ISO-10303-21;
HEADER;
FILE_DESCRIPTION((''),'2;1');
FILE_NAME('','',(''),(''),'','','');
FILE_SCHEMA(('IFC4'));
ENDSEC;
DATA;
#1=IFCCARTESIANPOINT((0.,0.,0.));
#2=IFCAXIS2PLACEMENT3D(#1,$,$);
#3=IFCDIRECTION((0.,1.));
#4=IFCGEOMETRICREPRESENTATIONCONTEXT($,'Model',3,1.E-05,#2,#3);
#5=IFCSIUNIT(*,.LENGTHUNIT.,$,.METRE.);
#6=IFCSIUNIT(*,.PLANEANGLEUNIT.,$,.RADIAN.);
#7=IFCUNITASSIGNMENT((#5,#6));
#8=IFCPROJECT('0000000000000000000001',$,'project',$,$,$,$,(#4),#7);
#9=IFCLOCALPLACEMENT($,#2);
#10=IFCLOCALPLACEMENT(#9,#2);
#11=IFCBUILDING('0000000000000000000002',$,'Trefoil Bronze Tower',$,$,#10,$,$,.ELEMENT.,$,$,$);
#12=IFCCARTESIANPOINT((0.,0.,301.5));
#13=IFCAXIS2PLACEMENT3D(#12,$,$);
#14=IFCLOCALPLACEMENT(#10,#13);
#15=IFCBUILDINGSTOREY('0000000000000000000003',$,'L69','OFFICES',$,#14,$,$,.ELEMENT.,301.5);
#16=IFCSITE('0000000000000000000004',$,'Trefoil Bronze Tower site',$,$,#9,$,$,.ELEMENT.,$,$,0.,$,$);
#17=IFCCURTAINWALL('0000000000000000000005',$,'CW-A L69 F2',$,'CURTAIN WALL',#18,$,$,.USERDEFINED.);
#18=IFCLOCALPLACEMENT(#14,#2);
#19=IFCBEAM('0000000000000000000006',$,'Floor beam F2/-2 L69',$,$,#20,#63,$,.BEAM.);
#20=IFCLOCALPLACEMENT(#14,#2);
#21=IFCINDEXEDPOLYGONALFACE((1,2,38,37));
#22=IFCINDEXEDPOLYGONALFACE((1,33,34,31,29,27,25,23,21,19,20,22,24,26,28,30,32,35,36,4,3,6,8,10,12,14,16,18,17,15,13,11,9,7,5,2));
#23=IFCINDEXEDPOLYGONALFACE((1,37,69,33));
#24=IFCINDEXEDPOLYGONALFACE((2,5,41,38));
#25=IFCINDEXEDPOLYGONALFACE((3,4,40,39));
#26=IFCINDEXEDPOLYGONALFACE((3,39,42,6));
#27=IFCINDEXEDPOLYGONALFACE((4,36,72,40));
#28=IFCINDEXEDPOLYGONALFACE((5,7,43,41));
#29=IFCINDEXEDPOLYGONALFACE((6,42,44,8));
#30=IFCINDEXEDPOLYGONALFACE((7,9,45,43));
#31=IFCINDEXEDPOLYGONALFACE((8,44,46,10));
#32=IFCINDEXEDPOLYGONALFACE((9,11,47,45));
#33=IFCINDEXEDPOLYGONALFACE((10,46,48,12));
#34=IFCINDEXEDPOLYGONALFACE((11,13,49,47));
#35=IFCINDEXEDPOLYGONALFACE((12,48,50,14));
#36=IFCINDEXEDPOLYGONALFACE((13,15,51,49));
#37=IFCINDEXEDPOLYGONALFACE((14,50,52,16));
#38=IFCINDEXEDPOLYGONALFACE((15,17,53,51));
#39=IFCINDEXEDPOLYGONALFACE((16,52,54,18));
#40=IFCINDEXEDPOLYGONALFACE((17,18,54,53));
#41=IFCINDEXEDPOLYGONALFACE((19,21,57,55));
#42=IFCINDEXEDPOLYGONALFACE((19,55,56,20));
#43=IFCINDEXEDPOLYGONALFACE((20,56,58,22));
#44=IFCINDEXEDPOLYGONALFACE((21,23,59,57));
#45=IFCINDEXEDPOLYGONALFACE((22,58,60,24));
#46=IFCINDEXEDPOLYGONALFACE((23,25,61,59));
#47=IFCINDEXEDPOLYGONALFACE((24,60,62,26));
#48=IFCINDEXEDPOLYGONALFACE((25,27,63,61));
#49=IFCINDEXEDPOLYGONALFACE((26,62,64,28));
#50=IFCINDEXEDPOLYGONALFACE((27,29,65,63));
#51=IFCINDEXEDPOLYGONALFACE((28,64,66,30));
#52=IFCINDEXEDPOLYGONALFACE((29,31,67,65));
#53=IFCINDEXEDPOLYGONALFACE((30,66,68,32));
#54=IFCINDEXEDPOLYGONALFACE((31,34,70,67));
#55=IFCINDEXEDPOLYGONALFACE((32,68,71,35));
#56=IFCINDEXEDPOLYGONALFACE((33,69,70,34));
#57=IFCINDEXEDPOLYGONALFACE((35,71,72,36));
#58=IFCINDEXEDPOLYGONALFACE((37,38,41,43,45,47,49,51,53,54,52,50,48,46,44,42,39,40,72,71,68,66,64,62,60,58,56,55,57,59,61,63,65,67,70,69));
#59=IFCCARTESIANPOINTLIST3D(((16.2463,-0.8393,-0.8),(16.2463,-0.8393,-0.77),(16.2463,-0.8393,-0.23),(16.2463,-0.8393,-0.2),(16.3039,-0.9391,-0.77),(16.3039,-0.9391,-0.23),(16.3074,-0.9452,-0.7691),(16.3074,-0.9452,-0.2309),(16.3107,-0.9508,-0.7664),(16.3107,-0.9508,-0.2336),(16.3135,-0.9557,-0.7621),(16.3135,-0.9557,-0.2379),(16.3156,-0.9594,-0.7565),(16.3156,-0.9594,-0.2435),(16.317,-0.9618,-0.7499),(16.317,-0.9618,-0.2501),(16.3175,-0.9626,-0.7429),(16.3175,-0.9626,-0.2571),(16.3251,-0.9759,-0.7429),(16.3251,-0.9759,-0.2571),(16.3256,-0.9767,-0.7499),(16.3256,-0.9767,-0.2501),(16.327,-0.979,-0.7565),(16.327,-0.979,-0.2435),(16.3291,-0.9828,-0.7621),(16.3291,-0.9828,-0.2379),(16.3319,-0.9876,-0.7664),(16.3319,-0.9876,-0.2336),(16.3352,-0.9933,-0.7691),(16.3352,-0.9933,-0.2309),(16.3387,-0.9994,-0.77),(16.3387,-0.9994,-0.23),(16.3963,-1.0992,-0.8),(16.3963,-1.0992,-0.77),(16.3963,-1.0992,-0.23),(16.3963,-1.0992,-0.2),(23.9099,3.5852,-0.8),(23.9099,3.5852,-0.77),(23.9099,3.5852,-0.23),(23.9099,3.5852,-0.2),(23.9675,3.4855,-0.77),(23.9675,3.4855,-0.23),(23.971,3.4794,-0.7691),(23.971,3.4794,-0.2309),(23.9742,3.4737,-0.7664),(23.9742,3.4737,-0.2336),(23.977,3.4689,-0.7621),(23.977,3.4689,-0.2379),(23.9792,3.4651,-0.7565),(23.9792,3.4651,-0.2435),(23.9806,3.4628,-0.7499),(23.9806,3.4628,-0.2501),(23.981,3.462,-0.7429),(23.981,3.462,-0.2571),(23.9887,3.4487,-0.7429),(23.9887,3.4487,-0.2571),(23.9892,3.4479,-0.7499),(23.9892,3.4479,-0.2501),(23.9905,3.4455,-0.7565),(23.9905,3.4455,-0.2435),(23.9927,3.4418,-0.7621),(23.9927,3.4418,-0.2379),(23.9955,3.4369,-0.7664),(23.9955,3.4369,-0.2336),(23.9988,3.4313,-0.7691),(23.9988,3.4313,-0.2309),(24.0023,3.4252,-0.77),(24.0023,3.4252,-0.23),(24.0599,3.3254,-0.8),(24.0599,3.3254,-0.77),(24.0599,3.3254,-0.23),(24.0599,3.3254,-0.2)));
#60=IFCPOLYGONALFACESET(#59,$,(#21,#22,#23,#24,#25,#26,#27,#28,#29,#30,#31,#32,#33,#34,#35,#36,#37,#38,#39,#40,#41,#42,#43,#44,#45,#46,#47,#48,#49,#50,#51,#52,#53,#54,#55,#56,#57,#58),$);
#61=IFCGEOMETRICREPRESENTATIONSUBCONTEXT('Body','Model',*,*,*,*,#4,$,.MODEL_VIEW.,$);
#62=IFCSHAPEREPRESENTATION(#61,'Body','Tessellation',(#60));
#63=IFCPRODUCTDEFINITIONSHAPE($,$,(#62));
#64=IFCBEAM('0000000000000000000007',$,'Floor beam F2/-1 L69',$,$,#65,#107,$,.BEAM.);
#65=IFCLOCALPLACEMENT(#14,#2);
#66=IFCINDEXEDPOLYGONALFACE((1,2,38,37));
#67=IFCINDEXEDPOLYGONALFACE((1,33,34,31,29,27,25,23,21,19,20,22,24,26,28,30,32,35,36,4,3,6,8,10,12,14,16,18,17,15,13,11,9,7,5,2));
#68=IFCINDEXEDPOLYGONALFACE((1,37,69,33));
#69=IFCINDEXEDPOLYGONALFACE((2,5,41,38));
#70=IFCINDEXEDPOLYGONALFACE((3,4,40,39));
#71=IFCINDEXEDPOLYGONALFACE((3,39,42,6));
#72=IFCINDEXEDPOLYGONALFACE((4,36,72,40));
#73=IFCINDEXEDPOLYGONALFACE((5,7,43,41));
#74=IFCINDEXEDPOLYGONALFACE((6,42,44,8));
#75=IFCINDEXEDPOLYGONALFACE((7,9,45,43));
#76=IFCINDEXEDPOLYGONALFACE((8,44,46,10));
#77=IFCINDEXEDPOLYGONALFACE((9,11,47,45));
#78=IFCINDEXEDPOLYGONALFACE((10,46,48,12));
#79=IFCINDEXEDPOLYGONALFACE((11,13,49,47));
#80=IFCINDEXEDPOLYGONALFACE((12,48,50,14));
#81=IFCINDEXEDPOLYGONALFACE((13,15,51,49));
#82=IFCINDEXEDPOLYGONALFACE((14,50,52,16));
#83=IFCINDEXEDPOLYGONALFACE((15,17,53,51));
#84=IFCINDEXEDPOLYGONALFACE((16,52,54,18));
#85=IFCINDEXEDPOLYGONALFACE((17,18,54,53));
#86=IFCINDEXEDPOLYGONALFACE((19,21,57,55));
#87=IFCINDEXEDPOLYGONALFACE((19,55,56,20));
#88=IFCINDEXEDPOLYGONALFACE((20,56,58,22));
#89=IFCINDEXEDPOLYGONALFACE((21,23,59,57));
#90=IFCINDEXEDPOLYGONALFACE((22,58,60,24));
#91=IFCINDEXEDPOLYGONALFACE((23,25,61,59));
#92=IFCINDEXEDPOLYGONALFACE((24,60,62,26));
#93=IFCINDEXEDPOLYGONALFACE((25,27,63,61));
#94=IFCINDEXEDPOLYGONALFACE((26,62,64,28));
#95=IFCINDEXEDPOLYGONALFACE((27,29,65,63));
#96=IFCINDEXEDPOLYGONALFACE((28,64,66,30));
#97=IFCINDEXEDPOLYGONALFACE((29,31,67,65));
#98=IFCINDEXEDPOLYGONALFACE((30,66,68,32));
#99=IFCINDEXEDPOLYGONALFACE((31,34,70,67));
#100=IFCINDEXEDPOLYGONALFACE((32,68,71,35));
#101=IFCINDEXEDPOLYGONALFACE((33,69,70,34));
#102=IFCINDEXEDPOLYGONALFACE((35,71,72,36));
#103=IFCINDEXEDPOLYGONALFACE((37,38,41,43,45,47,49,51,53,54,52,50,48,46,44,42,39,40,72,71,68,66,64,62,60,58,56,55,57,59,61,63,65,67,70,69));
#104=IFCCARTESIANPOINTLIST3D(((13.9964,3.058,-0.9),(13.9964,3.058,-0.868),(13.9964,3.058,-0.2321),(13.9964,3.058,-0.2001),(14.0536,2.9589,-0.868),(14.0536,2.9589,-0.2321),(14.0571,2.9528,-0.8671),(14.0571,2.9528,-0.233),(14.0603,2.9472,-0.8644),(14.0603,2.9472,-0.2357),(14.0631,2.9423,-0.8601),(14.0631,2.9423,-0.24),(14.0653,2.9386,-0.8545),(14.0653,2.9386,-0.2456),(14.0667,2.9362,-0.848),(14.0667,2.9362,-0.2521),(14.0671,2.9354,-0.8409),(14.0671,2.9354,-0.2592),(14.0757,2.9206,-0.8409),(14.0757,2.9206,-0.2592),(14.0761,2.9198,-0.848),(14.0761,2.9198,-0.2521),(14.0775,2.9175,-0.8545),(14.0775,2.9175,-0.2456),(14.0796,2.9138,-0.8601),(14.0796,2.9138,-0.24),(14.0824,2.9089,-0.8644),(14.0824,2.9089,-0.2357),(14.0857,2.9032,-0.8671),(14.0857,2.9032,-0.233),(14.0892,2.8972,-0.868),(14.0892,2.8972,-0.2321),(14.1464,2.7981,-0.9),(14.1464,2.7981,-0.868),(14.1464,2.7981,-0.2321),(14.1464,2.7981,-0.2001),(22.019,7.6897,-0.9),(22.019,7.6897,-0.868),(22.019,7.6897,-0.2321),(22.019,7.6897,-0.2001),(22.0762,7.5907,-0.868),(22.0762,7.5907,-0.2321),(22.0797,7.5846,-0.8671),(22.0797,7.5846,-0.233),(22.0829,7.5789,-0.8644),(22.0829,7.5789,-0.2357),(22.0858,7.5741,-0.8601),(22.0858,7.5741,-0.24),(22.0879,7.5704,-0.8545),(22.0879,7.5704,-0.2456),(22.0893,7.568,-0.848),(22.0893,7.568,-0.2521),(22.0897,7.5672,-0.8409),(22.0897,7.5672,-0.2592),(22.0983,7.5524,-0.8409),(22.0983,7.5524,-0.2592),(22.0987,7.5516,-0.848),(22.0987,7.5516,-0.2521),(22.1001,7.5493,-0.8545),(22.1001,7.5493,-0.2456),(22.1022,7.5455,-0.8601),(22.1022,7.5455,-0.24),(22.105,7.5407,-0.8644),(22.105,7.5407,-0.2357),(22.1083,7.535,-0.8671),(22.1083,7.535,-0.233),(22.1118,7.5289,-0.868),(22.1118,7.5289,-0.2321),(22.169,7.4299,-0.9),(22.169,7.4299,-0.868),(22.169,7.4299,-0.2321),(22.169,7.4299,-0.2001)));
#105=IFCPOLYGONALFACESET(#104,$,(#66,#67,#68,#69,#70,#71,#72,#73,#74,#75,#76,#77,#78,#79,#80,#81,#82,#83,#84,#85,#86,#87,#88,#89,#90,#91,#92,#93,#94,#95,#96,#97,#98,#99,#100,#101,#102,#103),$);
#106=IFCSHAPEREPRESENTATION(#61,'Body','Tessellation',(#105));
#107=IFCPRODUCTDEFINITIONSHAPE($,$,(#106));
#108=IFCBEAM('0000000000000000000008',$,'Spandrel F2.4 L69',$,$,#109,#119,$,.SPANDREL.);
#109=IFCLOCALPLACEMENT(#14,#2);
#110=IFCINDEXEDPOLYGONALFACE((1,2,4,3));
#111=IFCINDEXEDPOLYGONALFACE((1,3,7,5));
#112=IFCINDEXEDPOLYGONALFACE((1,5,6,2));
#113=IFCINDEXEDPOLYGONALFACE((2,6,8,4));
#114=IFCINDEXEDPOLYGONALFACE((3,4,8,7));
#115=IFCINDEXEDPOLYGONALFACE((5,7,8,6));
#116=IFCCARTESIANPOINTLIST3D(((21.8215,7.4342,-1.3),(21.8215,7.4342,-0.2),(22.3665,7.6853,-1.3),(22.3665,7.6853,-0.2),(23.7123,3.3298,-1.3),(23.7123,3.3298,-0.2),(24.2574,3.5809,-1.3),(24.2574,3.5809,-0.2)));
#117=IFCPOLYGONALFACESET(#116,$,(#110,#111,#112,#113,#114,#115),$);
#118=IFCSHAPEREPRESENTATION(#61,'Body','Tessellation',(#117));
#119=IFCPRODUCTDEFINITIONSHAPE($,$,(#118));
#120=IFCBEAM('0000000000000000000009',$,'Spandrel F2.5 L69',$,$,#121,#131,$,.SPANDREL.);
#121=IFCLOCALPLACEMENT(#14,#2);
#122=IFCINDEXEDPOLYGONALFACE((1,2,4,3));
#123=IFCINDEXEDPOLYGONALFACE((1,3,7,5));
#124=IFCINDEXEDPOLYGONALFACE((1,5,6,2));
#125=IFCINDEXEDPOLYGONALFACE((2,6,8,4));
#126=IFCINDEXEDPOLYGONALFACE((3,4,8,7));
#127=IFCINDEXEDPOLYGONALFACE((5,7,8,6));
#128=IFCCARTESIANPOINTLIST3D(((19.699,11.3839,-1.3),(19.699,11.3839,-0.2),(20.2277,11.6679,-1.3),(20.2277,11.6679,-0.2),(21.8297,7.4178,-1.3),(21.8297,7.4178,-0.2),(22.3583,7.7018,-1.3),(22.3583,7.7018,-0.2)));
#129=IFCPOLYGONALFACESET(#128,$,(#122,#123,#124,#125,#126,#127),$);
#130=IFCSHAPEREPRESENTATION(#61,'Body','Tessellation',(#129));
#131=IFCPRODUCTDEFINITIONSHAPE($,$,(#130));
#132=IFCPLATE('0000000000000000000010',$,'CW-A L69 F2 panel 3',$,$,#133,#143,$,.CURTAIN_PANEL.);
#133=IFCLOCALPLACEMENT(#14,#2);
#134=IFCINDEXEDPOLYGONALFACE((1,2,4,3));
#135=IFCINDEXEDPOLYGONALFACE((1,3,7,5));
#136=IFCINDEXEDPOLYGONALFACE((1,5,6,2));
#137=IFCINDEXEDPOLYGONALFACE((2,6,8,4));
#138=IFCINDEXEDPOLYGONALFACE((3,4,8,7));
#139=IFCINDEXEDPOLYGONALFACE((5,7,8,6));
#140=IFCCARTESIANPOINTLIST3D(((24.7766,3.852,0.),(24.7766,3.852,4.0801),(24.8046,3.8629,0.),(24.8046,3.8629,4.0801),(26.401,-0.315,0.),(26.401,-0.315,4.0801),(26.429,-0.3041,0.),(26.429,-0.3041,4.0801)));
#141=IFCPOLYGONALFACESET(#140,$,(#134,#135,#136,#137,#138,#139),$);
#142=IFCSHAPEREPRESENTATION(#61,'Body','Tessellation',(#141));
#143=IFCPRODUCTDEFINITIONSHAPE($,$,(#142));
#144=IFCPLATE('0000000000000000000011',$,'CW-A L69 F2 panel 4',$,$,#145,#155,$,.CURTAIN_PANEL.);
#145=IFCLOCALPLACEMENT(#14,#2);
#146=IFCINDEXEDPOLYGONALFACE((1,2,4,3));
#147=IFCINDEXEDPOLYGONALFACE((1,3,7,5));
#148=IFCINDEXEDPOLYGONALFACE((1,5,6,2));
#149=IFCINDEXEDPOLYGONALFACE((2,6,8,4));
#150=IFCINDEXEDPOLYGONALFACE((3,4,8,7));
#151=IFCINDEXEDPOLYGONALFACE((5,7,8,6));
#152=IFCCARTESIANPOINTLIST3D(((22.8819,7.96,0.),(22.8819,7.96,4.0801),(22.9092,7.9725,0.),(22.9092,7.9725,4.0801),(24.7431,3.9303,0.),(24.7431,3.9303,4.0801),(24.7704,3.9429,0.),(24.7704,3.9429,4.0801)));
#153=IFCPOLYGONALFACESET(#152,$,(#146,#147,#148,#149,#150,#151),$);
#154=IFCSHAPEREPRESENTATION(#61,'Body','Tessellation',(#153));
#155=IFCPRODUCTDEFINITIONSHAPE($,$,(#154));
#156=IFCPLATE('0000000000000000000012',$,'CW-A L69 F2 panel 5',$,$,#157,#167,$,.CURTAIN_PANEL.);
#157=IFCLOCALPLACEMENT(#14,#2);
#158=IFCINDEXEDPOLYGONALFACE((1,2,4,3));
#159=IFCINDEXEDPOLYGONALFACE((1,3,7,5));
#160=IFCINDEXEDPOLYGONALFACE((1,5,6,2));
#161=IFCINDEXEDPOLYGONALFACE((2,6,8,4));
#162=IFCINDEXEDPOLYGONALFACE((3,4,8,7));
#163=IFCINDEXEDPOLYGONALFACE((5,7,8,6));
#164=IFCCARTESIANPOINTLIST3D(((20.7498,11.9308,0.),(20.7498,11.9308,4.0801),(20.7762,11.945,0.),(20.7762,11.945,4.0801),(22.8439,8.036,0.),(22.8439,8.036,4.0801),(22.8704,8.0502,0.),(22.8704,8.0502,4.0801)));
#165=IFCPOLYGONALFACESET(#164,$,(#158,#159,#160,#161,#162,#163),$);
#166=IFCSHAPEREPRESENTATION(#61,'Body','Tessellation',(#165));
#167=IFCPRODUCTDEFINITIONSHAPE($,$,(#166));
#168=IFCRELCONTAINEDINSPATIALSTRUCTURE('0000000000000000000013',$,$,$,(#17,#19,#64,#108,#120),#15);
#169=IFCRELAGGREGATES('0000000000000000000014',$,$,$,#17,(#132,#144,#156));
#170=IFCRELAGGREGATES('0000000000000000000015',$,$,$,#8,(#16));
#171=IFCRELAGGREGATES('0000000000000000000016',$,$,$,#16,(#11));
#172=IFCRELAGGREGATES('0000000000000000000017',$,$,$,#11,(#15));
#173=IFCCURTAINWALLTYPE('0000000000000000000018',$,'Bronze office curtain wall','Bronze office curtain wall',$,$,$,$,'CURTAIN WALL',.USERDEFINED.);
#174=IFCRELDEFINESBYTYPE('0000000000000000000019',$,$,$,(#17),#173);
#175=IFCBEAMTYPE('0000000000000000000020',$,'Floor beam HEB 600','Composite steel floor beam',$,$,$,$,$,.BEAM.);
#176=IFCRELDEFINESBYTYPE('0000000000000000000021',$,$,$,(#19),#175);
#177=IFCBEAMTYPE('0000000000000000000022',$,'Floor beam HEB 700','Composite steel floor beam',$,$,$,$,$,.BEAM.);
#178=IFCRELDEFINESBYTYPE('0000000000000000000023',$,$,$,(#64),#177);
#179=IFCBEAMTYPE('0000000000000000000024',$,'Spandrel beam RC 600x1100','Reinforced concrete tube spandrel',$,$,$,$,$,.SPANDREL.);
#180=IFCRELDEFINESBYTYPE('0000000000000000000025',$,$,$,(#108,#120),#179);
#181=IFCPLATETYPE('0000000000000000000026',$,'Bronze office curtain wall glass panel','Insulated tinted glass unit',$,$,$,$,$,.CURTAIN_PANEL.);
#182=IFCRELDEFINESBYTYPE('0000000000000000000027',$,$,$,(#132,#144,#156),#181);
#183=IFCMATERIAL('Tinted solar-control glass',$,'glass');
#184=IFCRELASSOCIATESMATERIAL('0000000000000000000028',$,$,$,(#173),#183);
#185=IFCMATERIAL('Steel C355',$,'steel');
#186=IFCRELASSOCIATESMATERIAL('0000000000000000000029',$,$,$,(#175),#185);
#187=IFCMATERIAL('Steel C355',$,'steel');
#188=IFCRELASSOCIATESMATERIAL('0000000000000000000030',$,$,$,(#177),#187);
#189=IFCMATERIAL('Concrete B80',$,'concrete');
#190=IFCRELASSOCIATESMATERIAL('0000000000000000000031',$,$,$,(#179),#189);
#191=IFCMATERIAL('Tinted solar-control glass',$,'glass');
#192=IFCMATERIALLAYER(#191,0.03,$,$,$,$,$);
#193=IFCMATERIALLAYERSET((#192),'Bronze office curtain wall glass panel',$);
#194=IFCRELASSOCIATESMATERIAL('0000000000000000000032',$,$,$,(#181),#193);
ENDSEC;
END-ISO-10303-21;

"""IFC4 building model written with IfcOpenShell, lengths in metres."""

from ifc_helpers import new_model, si_unit, direction, frame, origin, origin_2d, place, context, subcontext, project, spatial, rectangle, i_section, extrude, material, layer, layer_set, material_profile, profile_set, type_object, element, aggregate, save


model = new_model("IFC4")

# Units and contexts
model_context = context("Model", 3, precision=1e-05, world=origin(), true_north=direction((0.0, 1.0)))
body_context = subcontext(model_context, "Body", "Model", "MODEL_VIEW")
ifc_project = project(units=[si_unit("LENGTHUNIT", "METRE"), si_unit("PLANEANGLEUNIT", "RADIAN")], contexts=[model_context])

# Site, building, storey
site_placement = place(None, origin())
site = spatial("IfcSite", under=ifc_project, at=site_placement, Name="Trefoil Bronze Tower site", CompositionType="ELEMENT", RefElevation=0.0)
building_placement = place(site_placement, origin())
building = spatial("IfcBuilding", under=site, at=building_placement, Name="Trefoil Bronze Tower", CompositionType="ELEMENT")
storey_placement = place(building_placement, frame((0.0, 0.0, 301.5)))
storey = spatial("IfcBuildingStorey", under=building, at=storey_placement, Name="L69", Description="OFFICES", CompositionType="ELEMENT", Elevation=301.5)

# Curtain wall
ifc_material_1 = material(Name="Tinted solar-control glass", Category="glass")
curtain_wall_type = type_object("IfcCurtainWallType", Name="Bronze office curtain wall", Description="Bronze office curtain wall", ElementType="CURTAIN WALL", PredefinedType="USERDEFINED", material=ifc_material_1)
curtain_wall_placement = place(storey_placement, origin())
curtain_wall = element("IfcCurtainWall", 1, at=curtain_wall_placement, inside=storey, type_object=curtain_wall_type, Name="CW-A L69 F2", ObjectType="CURTAIN WALL", PredefinedType="USERDEFINED")

# Beams
ifc_material_2 = material(Name="Steel C355", Category="steel")
ifc_material_profile_1 = material_profile(ifc_material_2, i_section(OverallWidth=0.3, OverallDepth=0.6001, WebThickness=0.0154, FlangeThickness=0.03, FilletRadius=0.0271, at=origin_2d()), Name="HEB 600")
ifc_profile_set_1 = profile_set([ifc_material_profile_1], Name="Steel C355")
beam_type_1 = type_object("IfcBeamType", Name="Floor beam HEB 600", Description="Composite steel floor beam", PredefinedType="BEAM", material=ifc_profile_set_1)
beam_1_placement = place(storey_placement, frame((23.9849, 3.4553, -0.5), z_axis=(-0.866026, -0.499999, 0.0), x_axis=(0.499999, -0.866026, 0.0)))
element("IfcBeam", 2, at=beam_1_placement, inside=storey, type_object=beam_type_1, Name="Floor beam F2/-2 L69", PredefinedType="BEAM", context=body_context, shape_type="SweptSolid", body=[
    extrude(i_section(OverallWidth=0.3, OverallDepth=0.6001, WebThickness=0.0154, FlangeThickness=0.03, FilletRadius=0.0271, at=origin_2d()), origin(), (0.0, 0.0, 1.0), 8.8491),
])
ifc_material_3 = material(Name="Steel C355", Category="steel")
ifc_material_profile_2 = material_profile(ifc_material_3, i_section(OverallWidth=0.3, OverallDepth=0.7, WebThickness=0.0171, FlangeThickness=0.032, FilletRadius=0.0271, at=origin_2d()), Name="HEB 700")
ifc_profile_set_2 = profile_set([ifc_material_profile_2], Name="Steel C355")
beam_type_2 = type_object("IfcBeamType", Name="Floor beam HEB 700", Description="Composite steel floor beam", PredefinedType="BEAM", material=ifc_profile_set_2)
beam_2_placement = place(storey_placement, frame((22.094, 7.5598, -0.55), z_axis=(-0.866029, -0.499994, 0.0), x_axis=(0.499994, -0.866029, 0.0)))
element("IfcBeam", 3, at=beam_2_placement, inside=storey, type_object=beam_type_2, Name="Floor beam F2/-1 L69", PredefinedType="BEAM", context=body_context, shape_type="SweptSolid", body=[
    extrude(i_section(OverallWidth=0.3, OverallDepth=0.7, WebThickness=0.0171, FlangeThickness=0.032, FilletRadius=0.0271, at=origin_2d()), origin(), (0.0, 0.0, 1.0), 9.2637),
])
ifc_material_4 = material(Name="Concrete B80", Category="concrete")
ifc_material_profile_3 = material_profile(ifc_material_4, rectangle(XDim=0.6001, YDim=1.1001, at=origin_2d()), Name="RC 600x1100")
ifc_profile_set_3 = profile_set([ifc_material_profile_3], Name="Concrete B80")
beam_type_3 = type_object("IfcBeamType", Name="Spandrel beam RC 600x1100", Description="Reinforced concrete tube spandrel", PredefinedType="SPANDREL", material=ifc_profile_set_3)
beam_3_placement = place(storey_placement, frame((23.9849, 3.4553, -0.75), z_axis=(-0.418417, 0.908255, 0.0), x_axis=(-0.908255, -0.418417, 0.0)))
element("IfcBeam", 4, at=beam_3_placement, inside=storey, type_object=beam_type_3, Name="Spandrel F2.4 L69", PredefinedType="SPANDREL", context=body_context, shape_type="SweptSolid", body=[
    extrude(rectangle(XDim=0.6001, YDim=1.1001, at=origin_2d()), origin(), (0.0, 0.0, 1.0), 4.519),
])
beam_4_placement = place(storey_placement, frame((22.094, 7.5598, -0.75), z_axis=(-0.473246, 0.88093, 0.0), x_axis=(-0.88093, -0.473246, 0.0)))
element("IfcBeam", 5, at=beam_4_placement, inside=storey, type_object=beam_type_3, Name="Spandrel F2.5 L69", PredefinedType="SPANDREL", context=body_context, shape_type="SweptSolid", body=[
    extrude(rectangle(XDim=0.6001, YDim=1.1001, at=origin_2d()), origin(), (0.0, 0.0, 1.0), 4.5022),
])

# Plates
ifc_material_5 = material(Name="Tinted solar-control glass", Category="glass")
ifc_layer_1 = layer(ifc_material_5, 0.03)
ifc_layer_set_1 = layer_set([ifc_layer_1], Name="Bronze office curtain wall glass panel")
plate_type = type_object("IfcPlateType", Name="Bronze office curtain wall glass panel", Description="Insulated tinted glass unit", PredefinedType="CURTAIN_PANEL", material=ifc_layer_set_1)
plate_1_placement = place(storey_placement, frame((25.6028, 1.7739, 0.0), z_axis=(0.0, 0.0, 1.0), x_axis=(-0.363199, 0.931712, 0.0)))
plate_1 = element("IfcPlate", 6, at=plate_1_placement, type_object=plate_type, Name="CW-A L69 F2 panel 3", PredefinedType="CURTAIN_PANEL", context=body_context, shape_type="SweptSolid", body=[
    extrude(rectangle(XDim=4.4724, YDim=0.03, at=origin_2d()), origin(), (0.0, 0.0, 1.0), 4.0801),
])
plate_2_placement = place(storey_placement, frame((23.8262, 5.9514, 0.0), z_axis=(0.0, 0.0, 1.0), x_axis=(-0.419309, 0.907844, 0.0)))
plate_2 = element("IfcPlate", 7, at=plate_2_placement, type_object=plate_type, Name="CW-A L69 F2 panel 4", PredefinedType="CURTAIN_PANEL", context=body_context, shape_type="SweptSolid", body=[
    extrude(rectangle(XDim=4.4387, YDim=0.03, at=origin_2d()), origin(), (0.0, 0.0, 1.0), 4.0801),
])
plate_3_placement = place(storey_placement, frame((21.8101, 9.9905, 0.0), z_axis=(0.0, 0.0, 1.0), x_axis=(-0.473562, 0.88076, 0.0)))
plate_3 = element("IfcPlate", 8, at=plate_3_placement, type_object=plate_type, Name="CW-A L69 F2 panel 5", PredefinedType="CURTAIN_PANEL", context=body_context, shape_type="SweptSolid", body=[
    extrude(rectangle(XDim=4.4221, YDim=0.03, at=origin_2d()), origin(), (0.0, 0.0, 1.0), 4.0801),
])
aggregate(curtain_wall, [plate_1, plate_2, plate_3])

save(model, "model.ifc")
